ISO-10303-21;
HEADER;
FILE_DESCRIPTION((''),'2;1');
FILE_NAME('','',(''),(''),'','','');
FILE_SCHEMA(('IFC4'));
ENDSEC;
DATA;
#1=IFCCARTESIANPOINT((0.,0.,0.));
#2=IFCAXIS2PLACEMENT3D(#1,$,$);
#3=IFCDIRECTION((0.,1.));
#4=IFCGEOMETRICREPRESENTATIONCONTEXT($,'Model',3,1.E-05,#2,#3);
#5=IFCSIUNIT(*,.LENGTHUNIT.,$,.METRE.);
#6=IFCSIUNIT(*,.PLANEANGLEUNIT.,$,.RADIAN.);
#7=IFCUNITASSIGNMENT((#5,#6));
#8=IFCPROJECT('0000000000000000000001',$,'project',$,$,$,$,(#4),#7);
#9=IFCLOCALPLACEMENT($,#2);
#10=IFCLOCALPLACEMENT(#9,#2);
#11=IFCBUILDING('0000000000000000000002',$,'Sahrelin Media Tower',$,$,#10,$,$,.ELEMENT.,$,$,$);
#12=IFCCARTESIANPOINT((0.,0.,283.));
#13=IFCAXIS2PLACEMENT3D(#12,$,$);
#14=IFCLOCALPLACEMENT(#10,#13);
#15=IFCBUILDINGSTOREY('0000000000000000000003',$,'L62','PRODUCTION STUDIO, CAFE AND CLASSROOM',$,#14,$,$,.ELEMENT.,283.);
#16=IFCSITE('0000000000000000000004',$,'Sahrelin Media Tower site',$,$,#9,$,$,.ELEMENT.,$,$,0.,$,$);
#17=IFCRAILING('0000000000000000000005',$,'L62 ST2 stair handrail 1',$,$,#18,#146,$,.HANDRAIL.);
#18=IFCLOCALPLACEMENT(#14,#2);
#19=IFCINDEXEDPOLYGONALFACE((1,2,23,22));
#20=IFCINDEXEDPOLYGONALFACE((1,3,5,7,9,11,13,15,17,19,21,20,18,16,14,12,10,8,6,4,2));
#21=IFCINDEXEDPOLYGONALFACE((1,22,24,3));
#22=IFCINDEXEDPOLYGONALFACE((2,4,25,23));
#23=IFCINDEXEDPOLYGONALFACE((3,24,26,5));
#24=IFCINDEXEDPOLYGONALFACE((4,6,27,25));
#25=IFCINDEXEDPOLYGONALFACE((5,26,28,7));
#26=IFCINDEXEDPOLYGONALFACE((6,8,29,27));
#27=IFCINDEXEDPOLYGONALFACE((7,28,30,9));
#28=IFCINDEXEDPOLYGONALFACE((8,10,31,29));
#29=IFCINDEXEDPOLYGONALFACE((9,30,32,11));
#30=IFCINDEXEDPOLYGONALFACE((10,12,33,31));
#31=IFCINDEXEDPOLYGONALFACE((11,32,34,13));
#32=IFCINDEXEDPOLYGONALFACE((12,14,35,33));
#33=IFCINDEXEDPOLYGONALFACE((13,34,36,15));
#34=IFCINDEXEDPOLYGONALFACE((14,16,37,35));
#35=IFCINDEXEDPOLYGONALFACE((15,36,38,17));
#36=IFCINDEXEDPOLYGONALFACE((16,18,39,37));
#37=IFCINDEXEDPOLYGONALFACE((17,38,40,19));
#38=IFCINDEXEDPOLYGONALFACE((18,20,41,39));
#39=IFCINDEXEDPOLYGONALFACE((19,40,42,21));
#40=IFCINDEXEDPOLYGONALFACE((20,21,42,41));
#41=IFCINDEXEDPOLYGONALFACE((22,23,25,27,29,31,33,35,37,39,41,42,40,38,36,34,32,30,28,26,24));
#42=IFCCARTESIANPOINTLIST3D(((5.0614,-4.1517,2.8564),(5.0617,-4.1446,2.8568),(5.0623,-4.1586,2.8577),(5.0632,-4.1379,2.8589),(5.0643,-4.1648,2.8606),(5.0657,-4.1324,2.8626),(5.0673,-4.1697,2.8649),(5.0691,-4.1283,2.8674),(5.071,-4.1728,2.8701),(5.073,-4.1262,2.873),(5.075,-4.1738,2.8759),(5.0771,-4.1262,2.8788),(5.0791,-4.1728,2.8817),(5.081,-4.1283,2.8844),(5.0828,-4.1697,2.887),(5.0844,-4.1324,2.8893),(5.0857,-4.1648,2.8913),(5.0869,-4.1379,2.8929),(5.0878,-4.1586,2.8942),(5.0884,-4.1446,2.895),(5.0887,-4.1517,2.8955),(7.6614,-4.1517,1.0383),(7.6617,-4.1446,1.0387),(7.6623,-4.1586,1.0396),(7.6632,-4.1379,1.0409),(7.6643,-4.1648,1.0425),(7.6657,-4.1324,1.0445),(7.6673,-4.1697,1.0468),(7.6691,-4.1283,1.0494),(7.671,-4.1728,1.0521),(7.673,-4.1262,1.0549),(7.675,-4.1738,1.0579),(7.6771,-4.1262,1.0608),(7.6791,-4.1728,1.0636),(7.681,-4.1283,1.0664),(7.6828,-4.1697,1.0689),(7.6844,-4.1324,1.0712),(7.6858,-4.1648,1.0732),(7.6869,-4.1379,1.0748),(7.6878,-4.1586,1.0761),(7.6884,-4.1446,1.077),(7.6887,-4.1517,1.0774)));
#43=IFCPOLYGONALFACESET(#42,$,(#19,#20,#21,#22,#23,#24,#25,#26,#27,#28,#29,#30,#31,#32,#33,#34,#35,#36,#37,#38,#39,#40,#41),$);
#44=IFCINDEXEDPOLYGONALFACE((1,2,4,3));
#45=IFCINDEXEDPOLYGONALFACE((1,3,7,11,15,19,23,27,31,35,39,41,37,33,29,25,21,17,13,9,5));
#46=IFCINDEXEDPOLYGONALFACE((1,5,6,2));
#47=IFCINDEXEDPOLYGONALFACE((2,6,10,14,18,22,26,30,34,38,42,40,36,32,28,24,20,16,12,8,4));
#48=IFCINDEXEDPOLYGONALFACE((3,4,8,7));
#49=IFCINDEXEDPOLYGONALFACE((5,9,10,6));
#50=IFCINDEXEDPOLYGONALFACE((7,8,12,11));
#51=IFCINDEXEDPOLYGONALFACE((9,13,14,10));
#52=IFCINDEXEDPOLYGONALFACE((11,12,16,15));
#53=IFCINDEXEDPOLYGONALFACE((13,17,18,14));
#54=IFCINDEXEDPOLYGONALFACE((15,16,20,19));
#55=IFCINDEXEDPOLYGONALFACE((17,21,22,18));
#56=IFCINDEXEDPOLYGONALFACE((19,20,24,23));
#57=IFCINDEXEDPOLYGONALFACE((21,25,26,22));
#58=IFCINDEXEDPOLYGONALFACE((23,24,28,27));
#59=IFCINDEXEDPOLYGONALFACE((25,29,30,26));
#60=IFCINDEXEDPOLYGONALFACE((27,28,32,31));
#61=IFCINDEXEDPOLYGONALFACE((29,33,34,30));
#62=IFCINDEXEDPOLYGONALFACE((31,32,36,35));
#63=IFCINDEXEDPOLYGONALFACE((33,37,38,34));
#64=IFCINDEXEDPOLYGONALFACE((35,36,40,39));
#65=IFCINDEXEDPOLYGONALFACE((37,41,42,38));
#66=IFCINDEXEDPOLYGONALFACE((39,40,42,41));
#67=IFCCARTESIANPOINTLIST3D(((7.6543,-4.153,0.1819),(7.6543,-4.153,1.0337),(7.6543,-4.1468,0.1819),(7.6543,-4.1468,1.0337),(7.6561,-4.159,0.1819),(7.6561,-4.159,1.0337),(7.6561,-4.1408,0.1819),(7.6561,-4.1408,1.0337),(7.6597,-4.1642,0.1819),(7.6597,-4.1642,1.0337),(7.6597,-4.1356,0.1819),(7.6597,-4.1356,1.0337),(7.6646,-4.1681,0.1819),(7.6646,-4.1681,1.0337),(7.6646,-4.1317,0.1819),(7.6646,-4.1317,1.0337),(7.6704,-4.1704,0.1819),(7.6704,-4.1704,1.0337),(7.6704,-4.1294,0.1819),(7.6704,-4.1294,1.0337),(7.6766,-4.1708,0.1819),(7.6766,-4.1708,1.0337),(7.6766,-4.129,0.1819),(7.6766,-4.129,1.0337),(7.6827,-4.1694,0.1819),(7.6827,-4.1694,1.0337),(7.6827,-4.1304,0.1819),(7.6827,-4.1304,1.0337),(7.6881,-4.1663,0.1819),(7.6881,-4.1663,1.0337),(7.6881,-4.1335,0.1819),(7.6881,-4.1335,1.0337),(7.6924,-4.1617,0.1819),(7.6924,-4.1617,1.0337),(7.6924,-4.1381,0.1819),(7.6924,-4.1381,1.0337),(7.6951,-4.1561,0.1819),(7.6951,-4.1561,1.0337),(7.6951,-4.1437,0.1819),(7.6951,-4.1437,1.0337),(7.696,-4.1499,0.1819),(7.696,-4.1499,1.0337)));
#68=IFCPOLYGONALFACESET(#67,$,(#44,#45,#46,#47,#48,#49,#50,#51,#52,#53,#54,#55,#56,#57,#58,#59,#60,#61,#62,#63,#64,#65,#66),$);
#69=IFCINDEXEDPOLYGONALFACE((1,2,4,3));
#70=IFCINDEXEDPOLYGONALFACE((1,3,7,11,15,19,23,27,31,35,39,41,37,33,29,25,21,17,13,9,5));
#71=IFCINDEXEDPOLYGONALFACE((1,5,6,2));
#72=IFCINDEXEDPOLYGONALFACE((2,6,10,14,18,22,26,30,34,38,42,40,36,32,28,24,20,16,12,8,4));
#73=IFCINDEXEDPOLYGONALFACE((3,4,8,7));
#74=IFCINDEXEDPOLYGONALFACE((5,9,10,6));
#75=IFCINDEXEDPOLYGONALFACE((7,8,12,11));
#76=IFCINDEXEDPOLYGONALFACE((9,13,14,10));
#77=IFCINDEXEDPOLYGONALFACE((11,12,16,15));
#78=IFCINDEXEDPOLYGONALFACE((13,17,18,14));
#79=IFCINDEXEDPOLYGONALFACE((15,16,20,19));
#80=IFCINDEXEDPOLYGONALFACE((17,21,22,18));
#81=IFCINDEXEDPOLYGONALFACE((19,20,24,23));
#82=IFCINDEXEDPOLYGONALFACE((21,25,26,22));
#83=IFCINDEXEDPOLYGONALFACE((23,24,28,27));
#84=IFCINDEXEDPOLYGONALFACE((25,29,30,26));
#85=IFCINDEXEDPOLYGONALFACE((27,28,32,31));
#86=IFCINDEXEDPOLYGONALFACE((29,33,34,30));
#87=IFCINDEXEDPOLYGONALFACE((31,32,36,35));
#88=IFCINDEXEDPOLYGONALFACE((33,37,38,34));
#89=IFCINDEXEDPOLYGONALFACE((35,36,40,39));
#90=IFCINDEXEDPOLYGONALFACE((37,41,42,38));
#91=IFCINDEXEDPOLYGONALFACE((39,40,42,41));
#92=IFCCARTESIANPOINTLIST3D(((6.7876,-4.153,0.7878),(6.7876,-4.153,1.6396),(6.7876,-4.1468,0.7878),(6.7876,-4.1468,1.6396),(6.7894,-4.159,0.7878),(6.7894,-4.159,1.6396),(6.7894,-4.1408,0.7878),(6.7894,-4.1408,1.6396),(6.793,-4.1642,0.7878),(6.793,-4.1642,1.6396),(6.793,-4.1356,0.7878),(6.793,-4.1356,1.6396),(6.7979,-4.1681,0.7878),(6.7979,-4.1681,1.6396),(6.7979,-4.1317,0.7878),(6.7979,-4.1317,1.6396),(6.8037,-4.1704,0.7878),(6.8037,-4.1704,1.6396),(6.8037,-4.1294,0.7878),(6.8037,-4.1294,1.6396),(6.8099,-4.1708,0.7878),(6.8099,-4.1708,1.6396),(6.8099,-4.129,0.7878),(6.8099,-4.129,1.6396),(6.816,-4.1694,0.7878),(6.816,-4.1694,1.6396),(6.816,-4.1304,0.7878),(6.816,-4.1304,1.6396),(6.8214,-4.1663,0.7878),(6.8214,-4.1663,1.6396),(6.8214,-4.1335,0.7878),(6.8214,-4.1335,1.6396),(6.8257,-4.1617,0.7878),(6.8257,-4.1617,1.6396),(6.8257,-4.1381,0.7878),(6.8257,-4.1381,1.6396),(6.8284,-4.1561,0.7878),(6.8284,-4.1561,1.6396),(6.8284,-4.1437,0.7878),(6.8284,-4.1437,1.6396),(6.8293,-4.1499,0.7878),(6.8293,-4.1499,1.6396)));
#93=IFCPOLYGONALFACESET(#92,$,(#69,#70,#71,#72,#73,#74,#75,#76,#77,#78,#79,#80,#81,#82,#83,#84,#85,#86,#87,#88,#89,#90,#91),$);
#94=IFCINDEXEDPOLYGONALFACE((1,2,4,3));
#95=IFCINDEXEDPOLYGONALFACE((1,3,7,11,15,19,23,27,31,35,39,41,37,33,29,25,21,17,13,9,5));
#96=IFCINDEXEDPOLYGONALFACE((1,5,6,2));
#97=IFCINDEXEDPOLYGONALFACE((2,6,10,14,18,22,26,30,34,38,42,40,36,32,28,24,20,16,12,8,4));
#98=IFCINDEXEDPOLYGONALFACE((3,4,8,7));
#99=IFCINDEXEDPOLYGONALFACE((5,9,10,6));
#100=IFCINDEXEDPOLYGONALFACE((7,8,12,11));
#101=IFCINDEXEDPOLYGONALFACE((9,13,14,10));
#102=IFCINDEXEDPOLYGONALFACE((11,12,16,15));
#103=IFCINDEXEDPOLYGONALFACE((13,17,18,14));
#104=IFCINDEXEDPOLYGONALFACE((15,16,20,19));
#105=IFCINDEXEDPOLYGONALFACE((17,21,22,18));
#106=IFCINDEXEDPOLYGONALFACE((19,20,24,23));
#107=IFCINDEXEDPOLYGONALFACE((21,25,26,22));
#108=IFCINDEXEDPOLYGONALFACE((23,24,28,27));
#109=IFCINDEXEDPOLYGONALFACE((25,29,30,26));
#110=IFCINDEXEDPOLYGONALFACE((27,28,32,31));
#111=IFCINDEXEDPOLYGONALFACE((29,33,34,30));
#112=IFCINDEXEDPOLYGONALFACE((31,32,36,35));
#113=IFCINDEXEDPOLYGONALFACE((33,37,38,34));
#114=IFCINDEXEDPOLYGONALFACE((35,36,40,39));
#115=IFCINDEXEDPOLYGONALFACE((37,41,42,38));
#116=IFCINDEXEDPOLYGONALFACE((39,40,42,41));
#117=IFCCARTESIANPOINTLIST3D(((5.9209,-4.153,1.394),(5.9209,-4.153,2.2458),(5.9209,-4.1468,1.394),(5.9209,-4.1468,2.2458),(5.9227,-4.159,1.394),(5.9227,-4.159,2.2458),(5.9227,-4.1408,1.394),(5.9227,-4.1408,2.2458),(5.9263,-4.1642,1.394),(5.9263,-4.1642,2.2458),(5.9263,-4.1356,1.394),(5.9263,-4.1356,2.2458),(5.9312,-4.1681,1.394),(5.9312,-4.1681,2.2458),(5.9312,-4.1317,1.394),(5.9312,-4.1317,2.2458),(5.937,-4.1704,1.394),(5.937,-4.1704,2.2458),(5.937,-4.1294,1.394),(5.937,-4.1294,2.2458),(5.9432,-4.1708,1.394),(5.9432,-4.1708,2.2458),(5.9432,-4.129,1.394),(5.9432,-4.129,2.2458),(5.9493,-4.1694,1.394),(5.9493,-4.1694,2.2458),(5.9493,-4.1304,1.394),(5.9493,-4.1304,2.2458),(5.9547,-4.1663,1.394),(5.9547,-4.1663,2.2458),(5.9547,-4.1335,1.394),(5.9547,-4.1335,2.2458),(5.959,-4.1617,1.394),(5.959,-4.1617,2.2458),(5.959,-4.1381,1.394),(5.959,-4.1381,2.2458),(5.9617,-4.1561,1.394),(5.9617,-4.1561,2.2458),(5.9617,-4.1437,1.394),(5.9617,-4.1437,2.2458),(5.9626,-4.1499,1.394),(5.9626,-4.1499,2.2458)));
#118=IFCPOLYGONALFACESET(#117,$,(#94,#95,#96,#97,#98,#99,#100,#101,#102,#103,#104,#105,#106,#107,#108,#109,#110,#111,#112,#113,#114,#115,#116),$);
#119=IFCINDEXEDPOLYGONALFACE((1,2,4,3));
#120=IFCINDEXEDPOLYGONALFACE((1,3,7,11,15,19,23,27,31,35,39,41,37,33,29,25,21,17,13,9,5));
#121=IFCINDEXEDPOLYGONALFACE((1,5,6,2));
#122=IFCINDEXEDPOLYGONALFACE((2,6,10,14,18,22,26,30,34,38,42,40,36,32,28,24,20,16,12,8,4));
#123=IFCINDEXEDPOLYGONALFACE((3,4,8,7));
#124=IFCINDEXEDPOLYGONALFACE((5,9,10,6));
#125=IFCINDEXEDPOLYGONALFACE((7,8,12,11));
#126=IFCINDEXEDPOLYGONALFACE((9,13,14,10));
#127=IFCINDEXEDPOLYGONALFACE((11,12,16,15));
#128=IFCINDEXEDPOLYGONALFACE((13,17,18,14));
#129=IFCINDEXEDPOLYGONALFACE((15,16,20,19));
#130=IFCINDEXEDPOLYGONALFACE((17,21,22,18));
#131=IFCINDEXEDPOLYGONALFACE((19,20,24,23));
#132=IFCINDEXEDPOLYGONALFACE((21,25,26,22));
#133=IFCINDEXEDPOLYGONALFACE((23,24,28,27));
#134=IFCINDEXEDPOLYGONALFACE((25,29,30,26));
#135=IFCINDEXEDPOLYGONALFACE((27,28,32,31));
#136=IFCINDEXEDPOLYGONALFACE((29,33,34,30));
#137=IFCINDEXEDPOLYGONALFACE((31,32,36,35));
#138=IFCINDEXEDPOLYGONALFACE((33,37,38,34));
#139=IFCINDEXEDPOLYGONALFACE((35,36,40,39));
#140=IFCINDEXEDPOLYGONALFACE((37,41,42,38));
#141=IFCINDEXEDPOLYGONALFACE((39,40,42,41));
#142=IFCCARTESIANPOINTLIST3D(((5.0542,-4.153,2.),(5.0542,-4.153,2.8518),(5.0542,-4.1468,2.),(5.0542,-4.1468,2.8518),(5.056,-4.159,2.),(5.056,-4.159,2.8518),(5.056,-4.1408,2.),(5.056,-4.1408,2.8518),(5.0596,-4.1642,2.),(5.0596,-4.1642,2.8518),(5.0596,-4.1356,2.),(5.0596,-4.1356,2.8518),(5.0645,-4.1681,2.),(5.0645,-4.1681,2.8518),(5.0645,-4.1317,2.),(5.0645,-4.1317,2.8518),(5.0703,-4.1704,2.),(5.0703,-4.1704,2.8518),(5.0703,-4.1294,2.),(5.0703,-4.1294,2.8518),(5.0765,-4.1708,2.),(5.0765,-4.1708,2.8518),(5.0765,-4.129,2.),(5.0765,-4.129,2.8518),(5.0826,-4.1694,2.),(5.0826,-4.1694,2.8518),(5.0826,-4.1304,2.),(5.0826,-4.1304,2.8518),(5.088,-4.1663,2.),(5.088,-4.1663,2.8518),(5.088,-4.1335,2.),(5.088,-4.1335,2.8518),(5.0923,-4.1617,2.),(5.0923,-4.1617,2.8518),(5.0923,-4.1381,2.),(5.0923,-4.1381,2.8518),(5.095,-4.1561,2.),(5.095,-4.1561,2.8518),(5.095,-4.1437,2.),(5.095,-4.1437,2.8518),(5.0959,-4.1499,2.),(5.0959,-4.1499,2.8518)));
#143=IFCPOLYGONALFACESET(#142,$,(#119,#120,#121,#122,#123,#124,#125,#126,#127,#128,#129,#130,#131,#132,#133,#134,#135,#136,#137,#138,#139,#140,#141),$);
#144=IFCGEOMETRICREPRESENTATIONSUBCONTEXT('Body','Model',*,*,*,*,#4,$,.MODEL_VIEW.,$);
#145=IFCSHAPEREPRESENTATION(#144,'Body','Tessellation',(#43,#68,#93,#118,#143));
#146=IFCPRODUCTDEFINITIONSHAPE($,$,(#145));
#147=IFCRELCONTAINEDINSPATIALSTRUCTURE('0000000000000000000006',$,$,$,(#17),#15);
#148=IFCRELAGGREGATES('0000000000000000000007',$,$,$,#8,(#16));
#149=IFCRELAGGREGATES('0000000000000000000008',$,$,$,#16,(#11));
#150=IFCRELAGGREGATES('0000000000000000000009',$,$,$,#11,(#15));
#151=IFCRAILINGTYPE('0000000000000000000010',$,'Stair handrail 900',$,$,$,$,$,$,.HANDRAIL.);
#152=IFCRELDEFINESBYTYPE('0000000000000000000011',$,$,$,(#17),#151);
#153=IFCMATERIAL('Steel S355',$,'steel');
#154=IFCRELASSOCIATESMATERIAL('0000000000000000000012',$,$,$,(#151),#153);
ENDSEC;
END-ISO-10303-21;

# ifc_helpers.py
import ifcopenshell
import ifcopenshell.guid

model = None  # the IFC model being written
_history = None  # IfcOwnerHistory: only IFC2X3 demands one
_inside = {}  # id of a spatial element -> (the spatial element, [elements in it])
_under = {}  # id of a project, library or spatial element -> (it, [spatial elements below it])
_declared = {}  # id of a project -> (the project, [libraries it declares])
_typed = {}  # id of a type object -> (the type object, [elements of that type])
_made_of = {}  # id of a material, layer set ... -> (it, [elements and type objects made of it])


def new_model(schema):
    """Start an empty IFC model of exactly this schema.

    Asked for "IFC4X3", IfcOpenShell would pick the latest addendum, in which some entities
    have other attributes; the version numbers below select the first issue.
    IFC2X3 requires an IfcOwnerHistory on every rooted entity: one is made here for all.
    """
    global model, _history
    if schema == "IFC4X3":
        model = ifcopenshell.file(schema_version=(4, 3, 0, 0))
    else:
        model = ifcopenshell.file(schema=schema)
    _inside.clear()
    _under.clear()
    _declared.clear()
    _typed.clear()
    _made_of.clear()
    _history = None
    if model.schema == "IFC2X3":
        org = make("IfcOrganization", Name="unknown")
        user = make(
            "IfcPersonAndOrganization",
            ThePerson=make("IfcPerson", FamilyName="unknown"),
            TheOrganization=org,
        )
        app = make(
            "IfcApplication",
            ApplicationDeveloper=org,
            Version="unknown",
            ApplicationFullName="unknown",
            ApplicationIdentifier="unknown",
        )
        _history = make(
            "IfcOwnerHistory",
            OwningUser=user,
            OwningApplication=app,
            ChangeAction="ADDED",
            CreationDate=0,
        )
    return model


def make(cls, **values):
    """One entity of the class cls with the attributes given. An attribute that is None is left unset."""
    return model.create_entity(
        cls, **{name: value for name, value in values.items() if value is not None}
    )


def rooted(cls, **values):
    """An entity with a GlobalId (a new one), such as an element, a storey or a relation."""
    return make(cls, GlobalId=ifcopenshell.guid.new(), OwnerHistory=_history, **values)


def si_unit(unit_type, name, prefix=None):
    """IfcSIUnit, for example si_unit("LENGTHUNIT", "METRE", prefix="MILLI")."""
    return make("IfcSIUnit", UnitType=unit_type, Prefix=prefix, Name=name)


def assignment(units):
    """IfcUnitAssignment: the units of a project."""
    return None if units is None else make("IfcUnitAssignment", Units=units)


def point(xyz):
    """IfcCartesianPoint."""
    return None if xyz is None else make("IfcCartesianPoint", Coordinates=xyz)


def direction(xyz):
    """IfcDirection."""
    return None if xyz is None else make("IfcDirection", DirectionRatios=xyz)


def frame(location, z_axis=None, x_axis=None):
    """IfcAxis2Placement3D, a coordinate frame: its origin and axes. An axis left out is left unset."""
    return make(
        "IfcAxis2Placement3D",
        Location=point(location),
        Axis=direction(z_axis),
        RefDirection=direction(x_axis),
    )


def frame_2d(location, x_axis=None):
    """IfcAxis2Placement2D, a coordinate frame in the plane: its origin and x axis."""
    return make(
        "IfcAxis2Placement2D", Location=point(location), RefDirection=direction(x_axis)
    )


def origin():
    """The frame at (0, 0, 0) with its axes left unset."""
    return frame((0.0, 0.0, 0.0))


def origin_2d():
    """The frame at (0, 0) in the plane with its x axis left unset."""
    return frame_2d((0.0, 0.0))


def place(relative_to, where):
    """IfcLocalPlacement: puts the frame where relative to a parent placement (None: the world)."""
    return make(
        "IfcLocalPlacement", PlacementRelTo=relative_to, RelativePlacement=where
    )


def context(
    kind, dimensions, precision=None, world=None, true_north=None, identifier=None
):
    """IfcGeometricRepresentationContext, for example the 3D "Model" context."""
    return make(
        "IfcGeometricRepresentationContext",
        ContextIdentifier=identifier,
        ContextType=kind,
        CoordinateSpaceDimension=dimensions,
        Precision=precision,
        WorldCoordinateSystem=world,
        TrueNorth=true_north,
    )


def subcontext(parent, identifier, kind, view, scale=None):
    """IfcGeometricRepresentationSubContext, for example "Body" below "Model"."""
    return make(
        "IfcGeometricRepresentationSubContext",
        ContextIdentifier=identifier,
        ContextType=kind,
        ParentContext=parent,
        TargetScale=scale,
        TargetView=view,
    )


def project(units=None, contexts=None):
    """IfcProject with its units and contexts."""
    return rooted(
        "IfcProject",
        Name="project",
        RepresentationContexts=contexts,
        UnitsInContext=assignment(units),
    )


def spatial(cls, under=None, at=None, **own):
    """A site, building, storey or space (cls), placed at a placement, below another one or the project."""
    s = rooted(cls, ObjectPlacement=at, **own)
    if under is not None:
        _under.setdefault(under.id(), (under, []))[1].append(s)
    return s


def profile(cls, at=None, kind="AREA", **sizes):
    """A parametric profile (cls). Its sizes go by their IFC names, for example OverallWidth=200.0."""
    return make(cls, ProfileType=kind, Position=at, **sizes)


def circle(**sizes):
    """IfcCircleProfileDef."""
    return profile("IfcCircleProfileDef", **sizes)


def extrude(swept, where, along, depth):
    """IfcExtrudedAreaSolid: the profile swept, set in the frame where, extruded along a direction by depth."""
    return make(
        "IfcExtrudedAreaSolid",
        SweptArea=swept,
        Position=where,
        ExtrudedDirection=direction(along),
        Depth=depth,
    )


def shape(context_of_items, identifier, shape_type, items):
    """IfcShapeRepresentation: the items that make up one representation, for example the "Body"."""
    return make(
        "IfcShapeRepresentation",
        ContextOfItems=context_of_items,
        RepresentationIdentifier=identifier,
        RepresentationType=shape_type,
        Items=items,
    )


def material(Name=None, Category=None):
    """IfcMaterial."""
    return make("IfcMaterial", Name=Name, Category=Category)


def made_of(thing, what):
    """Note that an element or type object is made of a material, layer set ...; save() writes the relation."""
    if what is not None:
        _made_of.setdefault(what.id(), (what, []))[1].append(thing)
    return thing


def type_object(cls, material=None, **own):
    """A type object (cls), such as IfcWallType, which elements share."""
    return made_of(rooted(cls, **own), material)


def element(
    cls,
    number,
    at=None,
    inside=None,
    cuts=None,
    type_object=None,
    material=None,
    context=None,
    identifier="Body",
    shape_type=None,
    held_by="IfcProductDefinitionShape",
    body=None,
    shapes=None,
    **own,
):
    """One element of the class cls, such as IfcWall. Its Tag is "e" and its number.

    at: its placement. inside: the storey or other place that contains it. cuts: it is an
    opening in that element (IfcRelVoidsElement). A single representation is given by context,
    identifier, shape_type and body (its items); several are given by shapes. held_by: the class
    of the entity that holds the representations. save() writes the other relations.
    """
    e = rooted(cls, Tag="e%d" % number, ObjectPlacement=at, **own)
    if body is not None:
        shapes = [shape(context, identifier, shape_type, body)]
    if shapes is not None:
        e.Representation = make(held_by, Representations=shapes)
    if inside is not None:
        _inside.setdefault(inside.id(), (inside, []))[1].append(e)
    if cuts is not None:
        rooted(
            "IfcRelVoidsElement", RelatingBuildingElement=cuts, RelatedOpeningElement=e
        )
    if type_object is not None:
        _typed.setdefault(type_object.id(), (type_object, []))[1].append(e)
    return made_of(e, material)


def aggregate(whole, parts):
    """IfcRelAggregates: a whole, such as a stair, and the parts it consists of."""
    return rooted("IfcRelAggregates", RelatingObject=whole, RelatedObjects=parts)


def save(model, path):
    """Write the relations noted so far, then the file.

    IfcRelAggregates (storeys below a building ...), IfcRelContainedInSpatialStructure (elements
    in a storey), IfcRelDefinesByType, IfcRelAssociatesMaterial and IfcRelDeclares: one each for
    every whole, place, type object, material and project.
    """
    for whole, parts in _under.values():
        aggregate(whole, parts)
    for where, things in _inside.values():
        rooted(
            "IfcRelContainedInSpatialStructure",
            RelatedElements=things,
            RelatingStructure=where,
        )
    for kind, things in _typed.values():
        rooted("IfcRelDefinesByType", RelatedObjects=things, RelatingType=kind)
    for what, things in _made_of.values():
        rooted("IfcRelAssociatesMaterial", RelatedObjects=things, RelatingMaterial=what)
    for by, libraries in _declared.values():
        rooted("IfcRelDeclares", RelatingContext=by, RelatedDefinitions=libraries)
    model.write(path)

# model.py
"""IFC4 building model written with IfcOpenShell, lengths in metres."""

from ifc_helpers import new_model, si_unit, direction, frame, origin, origin_2d, place, context, subcontext, project, spatial, circle, extrude, material, type_object, element, save


model = new_model("IFC4")

# Units and contexts
model_context = context("Model", 3, precision=1e-05, world=origin(), true_north=direction((0.0, 1.0)))
body_context = subcontext(model_context, "Body", "Model", "MODEL_VIEW")
ifc_project = project(units=[si_unit("LENGTHUNIT", "METRE"), si_unit("PLANEANGLEUNIT", "RADIAN")], contexts=[model_context])

# Site, building, storey
site_placement = place(None, origin())
site = spatial("IfcSite", under=ifc_project, at=site_placement, Name="Sahrelin Media Tower site", CompositionType="ELEMENT", RefElevation=0.0)
building_placement = place(site_placement, origin())
building = spatial("IfcBuilding", under=site, at=building_placement, Name="Sahrelin Media Tower", CompositionType="ELEMENT")
storey_placement = place(building_placement, frame((0.0, 0.0, 283.0)))
storey = spatial("IfcBuildingStorey", under=building, at=storey_placement, Name="L62", Description="PRODUCTION STUDIO, CAFE AND CLASSROOM", CompositionType="ELEMENT", Elevation=283.0)

# Shared definitions
ifc_material_1 = material(Name="Steel S355", Category="steel")

# Railing
railing_type_1 = type_object("IfcRailingType", Name="Stair handrail 900", PredefinedType="HANDRAIL", material=ifc_material_1)
railing_1_placement = place(storey_placement, frame((7.675, -4.1499, 0.1819)))
element("IfcRailing", 1, at=railing_1_placement, inside=storey, type_object=railing_type_1, Name="L62 ST2 stair handrail 1", PredefinedType="HANDRAIL", context=body_context, shape_type="SweptSolid", body=[
    extrude(circle(Radius=0.0239, at=origin_2d()), frame((0.0, 0.0, 0.876), z_axis=(-0.819521, 0.0, 0.573049), x_axis=(0.0, -1.0, 0.0)), (0.0, 0.0, 1.0), 3.1726),
    extrude(circle(Radius=0.021, at=origin_2d()), origin(), (0.0, 0.0, 1.0), 0.8518),
    extrude(circle(Radius=0.021, at=origin_2d()), frame((-0.8667, 0.0, 0.606)), (0.0, 0.0, 1.0), 0.8518),
    extrude(circle(Radius=0.021, at=origin_2d()), frame((-1.7334, 0.0, 1.2122)), (0.0, 0.0, 1.0), 0.8518),
    extrude(circle(Radius=0.021, at=origin_2d()), frame((-2.6001, 0.0, 1.8181)), (0.0, 0.0, 1.0), 0.8518),
])

save(model, "model.ifc")
